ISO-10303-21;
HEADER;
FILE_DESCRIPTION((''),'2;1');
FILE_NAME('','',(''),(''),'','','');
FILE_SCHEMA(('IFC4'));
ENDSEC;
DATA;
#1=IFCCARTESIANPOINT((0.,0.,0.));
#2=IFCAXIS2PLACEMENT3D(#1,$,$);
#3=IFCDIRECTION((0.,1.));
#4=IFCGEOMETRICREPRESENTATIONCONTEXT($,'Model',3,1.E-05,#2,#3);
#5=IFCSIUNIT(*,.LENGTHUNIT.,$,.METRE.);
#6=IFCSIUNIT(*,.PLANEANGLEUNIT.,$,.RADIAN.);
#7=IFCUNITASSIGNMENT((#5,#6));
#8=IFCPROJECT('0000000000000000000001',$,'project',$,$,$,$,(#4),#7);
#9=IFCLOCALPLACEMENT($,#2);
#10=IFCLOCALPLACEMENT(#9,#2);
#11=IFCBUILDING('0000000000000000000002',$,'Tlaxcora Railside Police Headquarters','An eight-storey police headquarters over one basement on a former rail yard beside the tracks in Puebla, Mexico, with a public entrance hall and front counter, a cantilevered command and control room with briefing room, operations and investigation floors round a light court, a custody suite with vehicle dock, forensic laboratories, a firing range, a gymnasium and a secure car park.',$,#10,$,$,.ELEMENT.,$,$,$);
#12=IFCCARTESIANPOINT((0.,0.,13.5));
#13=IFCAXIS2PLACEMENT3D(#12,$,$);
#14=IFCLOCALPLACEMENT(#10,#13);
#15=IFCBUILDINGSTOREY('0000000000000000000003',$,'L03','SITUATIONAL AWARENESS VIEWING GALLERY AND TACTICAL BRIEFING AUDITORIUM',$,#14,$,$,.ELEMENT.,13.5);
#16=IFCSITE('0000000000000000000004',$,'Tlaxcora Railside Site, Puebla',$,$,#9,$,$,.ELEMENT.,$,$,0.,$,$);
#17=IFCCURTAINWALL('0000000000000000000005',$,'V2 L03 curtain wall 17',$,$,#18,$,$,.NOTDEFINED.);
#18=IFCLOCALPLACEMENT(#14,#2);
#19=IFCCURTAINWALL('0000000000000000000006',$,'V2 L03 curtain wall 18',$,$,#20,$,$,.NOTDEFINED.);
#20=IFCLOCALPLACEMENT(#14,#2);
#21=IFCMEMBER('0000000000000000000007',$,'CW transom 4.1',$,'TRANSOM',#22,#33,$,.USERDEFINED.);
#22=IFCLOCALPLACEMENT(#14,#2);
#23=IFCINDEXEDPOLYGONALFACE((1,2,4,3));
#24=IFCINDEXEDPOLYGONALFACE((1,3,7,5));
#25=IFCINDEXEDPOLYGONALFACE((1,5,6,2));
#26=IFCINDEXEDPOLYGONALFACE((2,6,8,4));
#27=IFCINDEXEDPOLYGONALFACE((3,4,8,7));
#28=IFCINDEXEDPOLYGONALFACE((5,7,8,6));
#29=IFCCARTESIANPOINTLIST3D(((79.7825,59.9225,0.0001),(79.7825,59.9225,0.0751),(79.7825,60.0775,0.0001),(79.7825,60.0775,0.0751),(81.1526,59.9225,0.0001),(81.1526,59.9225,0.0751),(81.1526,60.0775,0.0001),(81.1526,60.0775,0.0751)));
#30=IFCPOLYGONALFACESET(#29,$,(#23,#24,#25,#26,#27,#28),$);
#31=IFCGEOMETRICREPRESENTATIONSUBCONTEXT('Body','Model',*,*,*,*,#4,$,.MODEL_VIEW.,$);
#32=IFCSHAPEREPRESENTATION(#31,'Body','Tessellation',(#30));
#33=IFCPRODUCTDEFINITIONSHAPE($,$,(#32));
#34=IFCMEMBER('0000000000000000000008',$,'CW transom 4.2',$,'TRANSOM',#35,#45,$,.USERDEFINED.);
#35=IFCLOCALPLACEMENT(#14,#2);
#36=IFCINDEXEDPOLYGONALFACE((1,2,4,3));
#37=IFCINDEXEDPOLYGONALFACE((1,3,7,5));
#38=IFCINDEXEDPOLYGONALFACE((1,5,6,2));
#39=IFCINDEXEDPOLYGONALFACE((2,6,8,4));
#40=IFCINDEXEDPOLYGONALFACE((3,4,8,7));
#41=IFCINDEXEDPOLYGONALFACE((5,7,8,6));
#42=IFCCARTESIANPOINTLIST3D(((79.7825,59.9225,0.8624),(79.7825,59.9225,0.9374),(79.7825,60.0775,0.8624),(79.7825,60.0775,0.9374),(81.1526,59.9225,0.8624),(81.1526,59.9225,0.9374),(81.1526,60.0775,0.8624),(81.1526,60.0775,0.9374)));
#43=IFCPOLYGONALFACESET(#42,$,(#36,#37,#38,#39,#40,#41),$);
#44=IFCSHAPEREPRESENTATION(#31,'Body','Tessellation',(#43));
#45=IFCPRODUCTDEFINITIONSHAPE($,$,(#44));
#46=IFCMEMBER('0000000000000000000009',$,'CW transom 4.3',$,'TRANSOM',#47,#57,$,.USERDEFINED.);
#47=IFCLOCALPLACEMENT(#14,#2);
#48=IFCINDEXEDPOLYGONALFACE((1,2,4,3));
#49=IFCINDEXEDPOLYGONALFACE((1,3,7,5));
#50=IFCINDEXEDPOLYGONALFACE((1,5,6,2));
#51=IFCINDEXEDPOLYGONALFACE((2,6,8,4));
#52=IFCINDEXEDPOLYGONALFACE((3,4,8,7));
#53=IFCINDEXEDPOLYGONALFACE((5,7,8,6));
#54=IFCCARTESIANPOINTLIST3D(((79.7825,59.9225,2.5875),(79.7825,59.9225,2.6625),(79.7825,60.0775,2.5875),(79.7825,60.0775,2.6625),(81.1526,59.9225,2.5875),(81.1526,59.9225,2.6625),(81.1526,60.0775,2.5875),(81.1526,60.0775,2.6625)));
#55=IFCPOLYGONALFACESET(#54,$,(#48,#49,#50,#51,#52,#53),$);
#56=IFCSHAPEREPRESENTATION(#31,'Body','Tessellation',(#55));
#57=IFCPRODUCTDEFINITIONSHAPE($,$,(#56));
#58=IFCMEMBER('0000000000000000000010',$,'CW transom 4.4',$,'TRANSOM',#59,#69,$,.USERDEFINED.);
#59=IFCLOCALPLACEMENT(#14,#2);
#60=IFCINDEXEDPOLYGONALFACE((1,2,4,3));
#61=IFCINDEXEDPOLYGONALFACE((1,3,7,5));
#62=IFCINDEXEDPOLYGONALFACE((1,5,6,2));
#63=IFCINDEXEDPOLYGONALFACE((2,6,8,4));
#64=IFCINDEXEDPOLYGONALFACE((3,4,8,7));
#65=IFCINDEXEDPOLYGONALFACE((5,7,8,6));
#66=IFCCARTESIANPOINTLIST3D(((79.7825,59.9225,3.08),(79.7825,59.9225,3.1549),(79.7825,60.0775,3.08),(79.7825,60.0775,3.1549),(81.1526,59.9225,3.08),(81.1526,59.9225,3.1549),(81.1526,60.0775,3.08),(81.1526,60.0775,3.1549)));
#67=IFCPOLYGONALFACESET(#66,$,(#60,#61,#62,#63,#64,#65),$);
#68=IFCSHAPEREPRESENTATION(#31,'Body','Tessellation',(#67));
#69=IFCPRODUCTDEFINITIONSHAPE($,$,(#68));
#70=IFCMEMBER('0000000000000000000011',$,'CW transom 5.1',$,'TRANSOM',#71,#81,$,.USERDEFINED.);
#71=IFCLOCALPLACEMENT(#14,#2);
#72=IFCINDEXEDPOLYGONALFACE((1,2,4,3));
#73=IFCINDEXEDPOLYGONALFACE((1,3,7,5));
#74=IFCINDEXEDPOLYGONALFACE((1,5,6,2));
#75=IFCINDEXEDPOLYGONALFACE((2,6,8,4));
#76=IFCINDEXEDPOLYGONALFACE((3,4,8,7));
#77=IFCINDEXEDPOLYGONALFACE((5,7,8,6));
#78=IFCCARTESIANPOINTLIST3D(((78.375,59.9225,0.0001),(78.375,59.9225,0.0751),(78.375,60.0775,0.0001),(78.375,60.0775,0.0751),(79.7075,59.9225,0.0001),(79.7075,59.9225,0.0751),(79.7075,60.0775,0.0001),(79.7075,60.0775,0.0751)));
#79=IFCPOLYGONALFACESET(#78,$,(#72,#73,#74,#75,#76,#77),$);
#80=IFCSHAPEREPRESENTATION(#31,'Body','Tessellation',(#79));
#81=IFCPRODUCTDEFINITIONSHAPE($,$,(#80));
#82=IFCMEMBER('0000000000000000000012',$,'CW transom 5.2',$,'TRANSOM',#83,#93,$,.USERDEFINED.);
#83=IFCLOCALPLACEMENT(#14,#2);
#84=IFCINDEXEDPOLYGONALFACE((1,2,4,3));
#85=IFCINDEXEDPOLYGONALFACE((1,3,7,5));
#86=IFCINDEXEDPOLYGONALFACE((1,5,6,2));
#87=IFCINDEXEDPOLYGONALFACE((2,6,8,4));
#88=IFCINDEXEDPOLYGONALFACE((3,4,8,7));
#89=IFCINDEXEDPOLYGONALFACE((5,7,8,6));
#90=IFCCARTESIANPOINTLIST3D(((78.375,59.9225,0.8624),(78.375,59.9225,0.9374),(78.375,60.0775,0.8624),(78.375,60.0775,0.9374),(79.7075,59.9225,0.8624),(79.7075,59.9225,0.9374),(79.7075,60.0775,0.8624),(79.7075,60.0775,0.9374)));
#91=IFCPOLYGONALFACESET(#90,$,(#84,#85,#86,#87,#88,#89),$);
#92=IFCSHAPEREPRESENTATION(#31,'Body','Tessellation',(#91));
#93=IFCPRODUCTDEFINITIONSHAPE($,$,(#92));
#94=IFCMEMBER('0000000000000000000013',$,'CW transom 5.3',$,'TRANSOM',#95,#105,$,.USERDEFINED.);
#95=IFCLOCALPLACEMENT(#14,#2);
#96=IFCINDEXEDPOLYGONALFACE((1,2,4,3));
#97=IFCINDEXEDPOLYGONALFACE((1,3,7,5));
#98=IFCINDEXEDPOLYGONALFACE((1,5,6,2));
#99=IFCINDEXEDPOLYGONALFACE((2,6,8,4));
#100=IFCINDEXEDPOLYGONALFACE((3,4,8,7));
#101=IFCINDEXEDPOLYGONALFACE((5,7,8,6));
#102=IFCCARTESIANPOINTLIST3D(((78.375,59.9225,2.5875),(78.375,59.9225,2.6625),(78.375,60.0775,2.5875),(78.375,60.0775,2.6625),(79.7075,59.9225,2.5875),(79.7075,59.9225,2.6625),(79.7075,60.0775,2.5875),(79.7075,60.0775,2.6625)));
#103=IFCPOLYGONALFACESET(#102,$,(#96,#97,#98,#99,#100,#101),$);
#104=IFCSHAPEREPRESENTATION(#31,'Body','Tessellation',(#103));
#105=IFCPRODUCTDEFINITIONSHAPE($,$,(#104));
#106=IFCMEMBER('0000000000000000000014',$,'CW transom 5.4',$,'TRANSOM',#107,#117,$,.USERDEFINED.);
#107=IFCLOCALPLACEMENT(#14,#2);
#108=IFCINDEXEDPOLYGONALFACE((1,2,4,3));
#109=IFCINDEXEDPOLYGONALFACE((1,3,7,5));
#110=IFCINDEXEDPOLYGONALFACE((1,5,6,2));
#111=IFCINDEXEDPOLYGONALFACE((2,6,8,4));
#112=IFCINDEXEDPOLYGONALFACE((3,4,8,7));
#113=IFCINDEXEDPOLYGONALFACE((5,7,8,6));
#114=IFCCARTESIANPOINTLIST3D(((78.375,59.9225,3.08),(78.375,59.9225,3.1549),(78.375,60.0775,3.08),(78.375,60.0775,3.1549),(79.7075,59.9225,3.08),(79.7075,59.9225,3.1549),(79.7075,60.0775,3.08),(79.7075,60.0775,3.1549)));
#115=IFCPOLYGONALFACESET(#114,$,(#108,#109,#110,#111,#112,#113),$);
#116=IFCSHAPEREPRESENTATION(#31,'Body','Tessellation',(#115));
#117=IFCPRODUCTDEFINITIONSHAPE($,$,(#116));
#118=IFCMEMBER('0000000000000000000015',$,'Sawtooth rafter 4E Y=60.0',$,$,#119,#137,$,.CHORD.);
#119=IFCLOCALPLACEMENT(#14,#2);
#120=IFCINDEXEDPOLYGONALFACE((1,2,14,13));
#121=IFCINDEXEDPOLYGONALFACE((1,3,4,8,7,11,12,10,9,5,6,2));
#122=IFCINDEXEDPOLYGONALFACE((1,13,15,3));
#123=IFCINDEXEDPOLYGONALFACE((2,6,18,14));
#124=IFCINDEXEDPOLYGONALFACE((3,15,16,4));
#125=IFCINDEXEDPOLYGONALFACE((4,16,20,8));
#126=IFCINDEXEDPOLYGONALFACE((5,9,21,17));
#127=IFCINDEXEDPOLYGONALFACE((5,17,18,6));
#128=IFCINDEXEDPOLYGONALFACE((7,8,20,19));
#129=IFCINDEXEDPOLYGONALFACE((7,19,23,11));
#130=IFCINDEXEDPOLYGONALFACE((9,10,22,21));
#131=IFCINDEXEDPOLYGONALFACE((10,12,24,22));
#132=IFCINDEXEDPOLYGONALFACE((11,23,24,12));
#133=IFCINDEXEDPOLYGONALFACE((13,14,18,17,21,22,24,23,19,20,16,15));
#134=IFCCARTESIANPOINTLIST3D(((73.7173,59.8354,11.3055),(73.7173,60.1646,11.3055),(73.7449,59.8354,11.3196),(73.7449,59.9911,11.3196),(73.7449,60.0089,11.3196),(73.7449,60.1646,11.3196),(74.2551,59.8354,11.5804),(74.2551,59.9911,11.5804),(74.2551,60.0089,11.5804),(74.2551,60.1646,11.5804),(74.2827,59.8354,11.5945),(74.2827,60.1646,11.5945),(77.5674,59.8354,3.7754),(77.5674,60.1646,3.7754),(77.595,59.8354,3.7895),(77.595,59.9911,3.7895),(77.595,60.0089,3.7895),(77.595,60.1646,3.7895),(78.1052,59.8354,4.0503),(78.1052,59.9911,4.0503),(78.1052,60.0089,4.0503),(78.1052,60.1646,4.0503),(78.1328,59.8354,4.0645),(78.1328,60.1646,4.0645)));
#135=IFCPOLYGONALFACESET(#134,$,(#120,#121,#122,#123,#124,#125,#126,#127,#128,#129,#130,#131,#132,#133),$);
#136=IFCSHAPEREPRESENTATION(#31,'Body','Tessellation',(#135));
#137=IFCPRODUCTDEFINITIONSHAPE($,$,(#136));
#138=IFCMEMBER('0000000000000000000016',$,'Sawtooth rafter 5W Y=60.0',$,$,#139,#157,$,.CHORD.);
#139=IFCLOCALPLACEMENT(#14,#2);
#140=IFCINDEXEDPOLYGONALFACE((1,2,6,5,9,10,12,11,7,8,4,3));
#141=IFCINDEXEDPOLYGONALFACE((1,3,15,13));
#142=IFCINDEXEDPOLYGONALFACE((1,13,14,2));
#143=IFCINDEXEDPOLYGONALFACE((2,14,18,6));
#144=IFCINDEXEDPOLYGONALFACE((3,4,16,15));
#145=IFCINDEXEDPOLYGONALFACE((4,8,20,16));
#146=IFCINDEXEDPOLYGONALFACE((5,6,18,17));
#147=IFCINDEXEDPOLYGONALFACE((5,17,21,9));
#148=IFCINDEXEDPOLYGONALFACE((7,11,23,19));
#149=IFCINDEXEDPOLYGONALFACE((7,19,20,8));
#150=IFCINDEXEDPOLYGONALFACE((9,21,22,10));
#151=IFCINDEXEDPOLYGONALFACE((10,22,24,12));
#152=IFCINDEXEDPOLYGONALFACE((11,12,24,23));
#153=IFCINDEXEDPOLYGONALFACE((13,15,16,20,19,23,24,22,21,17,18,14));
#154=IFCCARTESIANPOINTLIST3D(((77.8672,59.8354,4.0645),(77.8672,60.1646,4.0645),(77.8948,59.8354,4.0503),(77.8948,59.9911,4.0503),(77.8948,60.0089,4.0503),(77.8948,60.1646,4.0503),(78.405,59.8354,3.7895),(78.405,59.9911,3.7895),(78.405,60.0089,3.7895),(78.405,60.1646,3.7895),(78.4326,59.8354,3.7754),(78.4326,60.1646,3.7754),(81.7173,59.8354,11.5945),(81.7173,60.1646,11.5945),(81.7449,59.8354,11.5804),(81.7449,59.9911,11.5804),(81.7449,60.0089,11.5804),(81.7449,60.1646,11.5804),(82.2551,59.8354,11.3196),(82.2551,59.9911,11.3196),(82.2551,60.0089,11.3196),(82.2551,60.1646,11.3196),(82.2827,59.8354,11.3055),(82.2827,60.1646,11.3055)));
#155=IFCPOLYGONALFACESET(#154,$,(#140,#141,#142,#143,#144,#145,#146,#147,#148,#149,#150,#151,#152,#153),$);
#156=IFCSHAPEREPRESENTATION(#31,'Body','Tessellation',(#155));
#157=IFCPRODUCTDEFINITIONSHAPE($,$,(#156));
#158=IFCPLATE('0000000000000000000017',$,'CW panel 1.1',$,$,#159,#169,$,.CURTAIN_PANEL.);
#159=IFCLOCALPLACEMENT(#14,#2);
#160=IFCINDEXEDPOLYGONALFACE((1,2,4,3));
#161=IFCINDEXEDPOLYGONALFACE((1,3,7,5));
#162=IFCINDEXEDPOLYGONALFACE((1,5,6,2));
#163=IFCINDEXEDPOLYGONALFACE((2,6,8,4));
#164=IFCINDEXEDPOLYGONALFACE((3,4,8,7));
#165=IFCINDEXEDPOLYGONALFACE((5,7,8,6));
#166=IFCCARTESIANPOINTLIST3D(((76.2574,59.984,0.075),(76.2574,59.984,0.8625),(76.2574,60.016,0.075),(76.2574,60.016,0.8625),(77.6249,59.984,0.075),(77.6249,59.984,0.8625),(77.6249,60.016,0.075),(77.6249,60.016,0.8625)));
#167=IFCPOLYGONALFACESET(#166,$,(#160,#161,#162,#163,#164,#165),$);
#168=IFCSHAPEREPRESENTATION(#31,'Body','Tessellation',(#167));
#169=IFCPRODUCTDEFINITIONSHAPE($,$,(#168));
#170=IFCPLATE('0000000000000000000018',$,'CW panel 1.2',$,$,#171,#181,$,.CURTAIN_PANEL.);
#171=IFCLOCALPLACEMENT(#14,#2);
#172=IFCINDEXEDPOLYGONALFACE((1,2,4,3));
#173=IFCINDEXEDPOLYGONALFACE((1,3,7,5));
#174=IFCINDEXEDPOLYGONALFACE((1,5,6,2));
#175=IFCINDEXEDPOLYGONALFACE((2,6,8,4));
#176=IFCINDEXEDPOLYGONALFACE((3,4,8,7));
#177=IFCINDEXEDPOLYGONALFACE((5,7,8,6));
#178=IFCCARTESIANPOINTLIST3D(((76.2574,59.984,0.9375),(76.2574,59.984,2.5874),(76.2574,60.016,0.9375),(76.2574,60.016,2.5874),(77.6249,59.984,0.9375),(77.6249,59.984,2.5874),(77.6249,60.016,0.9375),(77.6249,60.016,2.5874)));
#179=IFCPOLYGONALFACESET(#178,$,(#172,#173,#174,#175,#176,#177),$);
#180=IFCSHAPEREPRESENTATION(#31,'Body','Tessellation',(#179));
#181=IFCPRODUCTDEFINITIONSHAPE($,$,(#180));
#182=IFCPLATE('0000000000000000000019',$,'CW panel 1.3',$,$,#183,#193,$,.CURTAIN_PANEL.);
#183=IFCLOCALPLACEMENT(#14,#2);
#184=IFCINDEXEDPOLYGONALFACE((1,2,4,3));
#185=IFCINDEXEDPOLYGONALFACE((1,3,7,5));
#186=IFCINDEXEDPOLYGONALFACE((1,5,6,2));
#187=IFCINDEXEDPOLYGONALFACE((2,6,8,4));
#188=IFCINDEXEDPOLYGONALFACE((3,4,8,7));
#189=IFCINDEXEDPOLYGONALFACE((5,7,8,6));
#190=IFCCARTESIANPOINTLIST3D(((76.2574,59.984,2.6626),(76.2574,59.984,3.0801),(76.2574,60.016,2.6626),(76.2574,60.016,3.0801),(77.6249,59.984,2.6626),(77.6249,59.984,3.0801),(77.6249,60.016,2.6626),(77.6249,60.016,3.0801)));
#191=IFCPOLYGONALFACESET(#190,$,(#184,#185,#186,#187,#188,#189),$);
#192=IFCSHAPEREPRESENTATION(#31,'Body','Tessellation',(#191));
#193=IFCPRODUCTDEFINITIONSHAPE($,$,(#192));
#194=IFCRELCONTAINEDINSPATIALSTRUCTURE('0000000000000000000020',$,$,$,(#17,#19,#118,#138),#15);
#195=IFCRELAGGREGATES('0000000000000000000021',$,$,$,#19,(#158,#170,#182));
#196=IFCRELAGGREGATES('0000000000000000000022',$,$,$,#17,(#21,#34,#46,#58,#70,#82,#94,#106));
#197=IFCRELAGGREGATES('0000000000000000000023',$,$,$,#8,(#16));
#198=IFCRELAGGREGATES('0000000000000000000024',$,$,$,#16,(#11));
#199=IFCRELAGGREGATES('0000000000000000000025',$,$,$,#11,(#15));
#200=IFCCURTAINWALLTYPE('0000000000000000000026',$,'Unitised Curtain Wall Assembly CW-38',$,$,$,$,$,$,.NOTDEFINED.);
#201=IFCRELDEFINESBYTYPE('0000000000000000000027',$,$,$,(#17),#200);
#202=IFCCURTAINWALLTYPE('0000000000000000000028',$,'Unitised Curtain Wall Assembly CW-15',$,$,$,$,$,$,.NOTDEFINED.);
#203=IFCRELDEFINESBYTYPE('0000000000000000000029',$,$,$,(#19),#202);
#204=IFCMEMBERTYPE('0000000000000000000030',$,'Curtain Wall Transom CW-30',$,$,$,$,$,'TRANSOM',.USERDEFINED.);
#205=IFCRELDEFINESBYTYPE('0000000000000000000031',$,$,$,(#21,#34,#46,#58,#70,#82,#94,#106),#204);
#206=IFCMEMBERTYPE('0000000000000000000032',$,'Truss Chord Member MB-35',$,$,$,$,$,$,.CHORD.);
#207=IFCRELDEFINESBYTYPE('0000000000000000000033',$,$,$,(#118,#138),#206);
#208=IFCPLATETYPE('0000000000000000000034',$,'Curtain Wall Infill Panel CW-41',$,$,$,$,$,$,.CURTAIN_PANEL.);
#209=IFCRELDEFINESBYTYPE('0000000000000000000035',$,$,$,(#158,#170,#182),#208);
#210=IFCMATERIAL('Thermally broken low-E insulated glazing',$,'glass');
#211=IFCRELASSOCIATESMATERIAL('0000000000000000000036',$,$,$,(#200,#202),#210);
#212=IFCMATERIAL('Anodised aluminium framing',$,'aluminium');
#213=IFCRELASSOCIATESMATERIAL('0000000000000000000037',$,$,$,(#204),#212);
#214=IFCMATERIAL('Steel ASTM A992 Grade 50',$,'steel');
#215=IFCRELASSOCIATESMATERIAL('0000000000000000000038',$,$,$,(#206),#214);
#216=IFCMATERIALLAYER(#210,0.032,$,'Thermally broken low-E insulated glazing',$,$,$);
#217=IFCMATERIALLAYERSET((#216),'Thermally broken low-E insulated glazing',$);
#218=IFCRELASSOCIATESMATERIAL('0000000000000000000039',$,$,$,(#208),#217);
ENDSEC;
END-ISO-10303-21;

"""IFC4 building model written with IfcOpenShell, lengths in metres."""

from ifc_helpers import new_model, si_unit, direction, frame, origin, origin_2d, place, context, subcontext, project, spatial, rectangle, i_section, extrude, material, layer, layer_set, material_profile, profile_set, type_object, element, aggregate, save


model = new_model("IFC4")

# Units and contexts
model_context = context("Model", 3, precision=1e-05, world=origin(), true_north=direction((0.0, 1.0)))
body_context = subcontext(model_context, "Body", "Model", "MODEL_VIEW")
ifc_project = project(units=[si_unit("LENGTHUNIT", "METRE"), si_unit("PLANEANGLEUNIT", "RADIAN")], contexts=[model_context])

# Site, building, storey
site_placement = place(None, origin())
site = spatial("IfcSite", under=ifc_project, at=site_placement, Name="Tlaxcora Railside Site, Puebla", CompositionType="ELEMENT", RefElevation=0.0)
building_placement = place(site_placement, origin())
building = spatial("IfcBuilding", under=site, at=building_placement, Name="Tlaxcora Railside Police Headquarters", Description="An eight-storey police headquarters over one basement on a former rail yard beside the tracks in Puebla, Mexico, with a public entrance hall and front counter, a cantilevered command and control room with briefing room, operations and investigation floors round a light court, a custody suite with vehicle dock, forensic laboratories, a firing range, a gymnasium and a secure car park.", CompositionType="ELEMENT")
storey_placement = place(building_placement, frame((0.0, 0.0, 13.5)))
storey = spatial("IfcBuildingStorey", under=building, at=storey_placement, Name="L03", Description="SITUATIONAL AWARENESS VIEWING GALLERY AND TACTICAL BRIEFING AUDITORIUM", CompositionType="ELEMENT", Elevation=13.5)

# Curtain walls
ifc_material_1 = material(Name="Thermally broken low-E insulated glazing", Category="glass")
curtain_wall_type_1 = type_object("IfcCurtainWallType", Name="Unitised Curtain Wall Assembly CW-38", PredefinedType="NOTDEFINED", material=ifc_material_1)
curtain_wall_1_placement = place(storey_placement, origin())
curtain_wall_1 = element("IfcCurtainWall", 1, at=curtain_wall_1_placement, inside=storey, type_object=curtain_wall_type_1, Name="V2 L03 curtain wall 17", PredefinedType="NOTDEFINED")
ifc_material_2 = material(Name="Anodised aluminium framing", Category="aluminium")
curtain_wall_type_2 = type_object("IfcCurtainWallType", Name="Unitised Curtain Wall Assembly CW-15", PredefinedType="NOTDEFINED", material=ifc_material_1)
curtain_wall_2_placement = place(storey_placement, origin())
curtain_wall_2 = element("IfcCurtainWall", 2, at=curtain_wall_2_placement, inside=storey, type_object=curtain_wall_type_2, Name="V2 L03 curtain wall 18", PredefinedType="NOTDEFINED")

# Members
ifc_material_profile_1 = material_profile(ifc_material_2, rectangle(XDim=0.155, YDim=0.075, at=origin_2d()), Name="AL75X155")
ifc_profile_set_1 = profile_set([ifc_material_profile_1], Name="Anodised aluminium framing")
member_type_1 = type_object("IfcMemberType", Name="Curtain Wall Transom CW-30", ElementType="TRANSOM", PredefinedType="USERDEFINED", material=ifc_profile_set_1)
member_1_placement = place(storey_placement, frame((81.1526, 60.0, 0.0376), z_axis=(-1.0, 0.0, 0.0), x_axis=(0.0, -1.0, 0.0)))
member_1 = element("IfcMember", 3, at=member_1_placement, type_object=member_type_1, Name="CW transom 4.1", ObjectType="TRANSOM", PredefinedType="USERDEFINED", context=body_context, shape_type="SweptSolid", body=[
    extrude(rectangle(XDim=0.155, YDim=0.075, at=origin_2d()), origin(), (0.0, 0.0, 1.0), 1.3701),
])
member_2_placement = place(storey_placement, frame((81.1526, 60.0, 0.8999), z_axis=(-1.0, 0.0, 0.0), x_axis=(0.0, -1.0, 0.0)))
member_2 = element("IfcMember", 4, at=member_2_placement, type_object=member_type_1, Name="CW transom 4.2", ObjectType="TRANSOM", PredefinedType="USERDEFINED", context=body_context, shape_type="SweptSolid", body=[
    extrude(rectangle(XDim=0.155, YDim=0.075, at=origin_2d()), origin(), (0.0, 0.0, 1.0), 1.3701),
])
member_3_placement = place(storey_placement, frame((81.1526, 60.0, 2.625), z_axis=(-1.0, 0.0, 0.0), x_axis=(0.0, -1.0, 0.0)))
member_3 = element("IfcMember", 5, at=member_3_placement, type_object=member_type_1, Name="CW transom 4.3", ObjectType="TRANSOM", PredefinedType="USERDEFINED", context=body_context, shape_type="SweptSolid", body=[
    extrude(rectangle(XDim=0.155, YDim=0.075, at=origin_2d()), origin(), (0.0, 0.0, 1.0), 1.3701),
])
member_4_placement = place(storey_placement, frame((81.1526, 60.0, 3.1174), z_axis=(-1.0, 0.0, 0.0), x_axis=(0.0, -1.0, 0.0)))
member_4 = element("IfcMember", 6, at=member_4_placement, type_object=member_type_1, Name="CW transom 4.4", ObjectType="TRANSOM", PredefinedType="USERDEFINED", context=body_context, shape_type="SweptSolid", body=[
    extrude(rectangle(XDim=0.155, YDim=0.075, at=origin_2d()), origin(), (0.0, 0.0, 1.0), 1.3701),
])
member_5_placement = place(storey_placement, frame((79.7075, 60.0, 0.0376), z_axis=(-1.0, 0.0, 0.0), x_axis=(0.0, -1.0, 0.0)))
member_5 = element("IfcMember", 7, at=member_5_placement, type_object=member_type_1, Name="CW transom 5.1", ObjectType="TRANSOM", PredefinedType="USERDEFINED", context=body_context, shape_type="SweptSolid", body=[
    extrude(rectangle(XDim=0.155, YDim=0.075, at=origin_2d()), origin(), (0.0, 0.0, 1.0), 1.3325),
])
member_6_placement = place(storey_placement, frame((79.7075, 60.0, 0.8999), z_axis=(-1.0, 0.0, 0.0), x_axis=(0.0, -1.0, 0.0)))
member_6 = element("IfcMember", 8, at=member_6_placement, type_object=member_type_1, Name="CW transom 5.2", ObjectType="TRANSOM", PredefinedType="USERDEFINED", context=body_context, shape_type="SweptSolid", body=[
    extrude(rectangle(XDim=0.155, YDim=0.075, at=origin_2d()), origin(), (0.0, 0.0, 1.0), 1.3325),
])
member_7_placement = place(storey_placement, frame((79.7075, 60.0, 2.625), z_axis=(-1.0, 0.0, 0.0), x_axis=(0.0, -1.0, 0.0)))
member_7 = element("IfcMember", 9, at=member_7_placement, type_object=member_type_1, Name="CW transom 5.3", ObjectType="TRANSOM", PredefinedType="USERDEFINED", context=body_context, shape_type="SweptSolid", body=[
    extrude(rectangle(XDim=0.155, YDim=0.075, at=origin_2d()), origin(), (0.0, 0.0, 1.0), 1.3325),
])
member_8_placement = place(storey_placement, frame((79.7075, 60.0, 3.1174), z_axis=(-1.0, 0.0, 0.0), x_axis=(0.0, -1.0, 0.0)))
member_8 = element("IfcMember", 10, at=member_8_placement, type_object=member_type_1, Name="CW transom 5.4", ObjectType="TRANSOM", PredefinedType="USERDEFINED", context=body_context, shape_type="SweptSolid", body=[
    extrude(rectangle(XDim=0.155, YDim=0.075, at=origin_2d()), origin(), (0.0, 0.0, 1.0), 1.3325),
])

# Members
ifc_material_3 = material(Name="Steel ASTM A992 Grade 50", Category="steel")
ifc_material_profile_2 = material_profile(ifc_material_3, i_section(OverallWidth=0.3291, OverallDepth=0.635, WebThickness=0.0178, FlangeThickness=0.031, at=origin_2d()), Name="W24X162")
ifc_profile_set_2 = profile_set([ifc_material_profile_2], Name="Steel ASTM A992 Grade 50")
member_type_2 = type_object("IfcMemberType", Name="Truss Chord Member MB-35", PredefinedType="CHORD", material=ifc_profile_set_2)
for number, where, z_axis, x_axis, name in (
    (11, (77.8501, 60.0, 3.9199), (-0.455244, 0.0, 0.890367), (0.0, -1.0, 0.0), "Sawtooth rafter 4E Y=60.0"),
    (12, (78.1499, 60.0, 3.9199), (0.455244, 0.0, 0.890367), (0.0, 1.0, 0.0), "Sawtooth rafter 5W Y=60.0"),
):
    element("IfcMember", number, at=place(storey_placement, frame(where, z_axis=z_axis, x_axis=x_axis)), inside=storey, type_object=member_type_2, Name=name, PredefinedType="CHORD", context=body_context, shape_type="SweptSolid", body=[
        extrude(i_section(OverallWidth=0.3291, OverallDepth=0.635, WebThickness=0.0178, FlangeThickness=0.031, at=origin_2d()), origin(), (0.0, 0.0, 1.0), 8.4573),
    ])

# Plates
ifc_layer_1 = layer(ifc_material_1, 0.032, Name="Thermally broken low-E insulated glazing")
ifc_layer_set_1 = layer_set([ifc_layer_1], Name="Thermally broken low-E insulated glazing")
plate_type_1 = type_object("IfcPlateType", Name="Curtain Wall Infill Panel CW-41", PredefinedType="CURTAIN_PANEL", material=ifc_layer_set_1)
plate_1_placement = place(storey_placement, frame((76.9412, 60.0, 0.075), z_axis=(0.0, 0.0, 1.0), x_axis=(-1.0, 0.0, 0.0)))
plate_1 = element("IfcPlate", 13, at=plate_1_placement, type_object=plate_type_1, Name="CW panel 1.1", PredefinedType="CURTAIN_PANEL", context=body_context, shape_type="SweptSolid", body=[
    extrude(rectangle(XDim=1.3674, YDim=0.032, at=origin_2d()), origin(), (0.0, 0.0, 1.0), 0.7876),
])
plate_2_placement = place(storey_placement, frame((76.9412, 60.0, 0.9375), z_axis=(0.0, 0.0, 1.0), x_axis=(-1.0, 0.0, 0.0)))
plate_2 = element("IfcPlate", 14, at=plate_2_placement, type_object=plate_type_1, Name="CW panel 1.2", PredefinedType="CURTAIN_PANEL", context=body_context, shape_type="SweptSolid", body=[
    extrude(rectangle(XDim=1.3674, YDim=0.032, at=origin_2d()), origin(), (0.0, 0.0, 1.0), 1.6499),
])
plate_3_placement = place(storey_placement, frame((76.9412, 60.0, 2.6626), z_axis=(0.0, 0.0, 1.0), x_axis=(-1.0, 0.0, 0.0)))
plate_3 = element("IfcPlate", 15, at=plate_3_placement, type_object=plate_type_1, Name="CW panel 1.3", PredefinedType="CURTAIN_PANEL", context=body_context, shape_type="SweptSolid", body=[
    extrude(rectangle(XDim=1.3674, YDim=0.032, at=origin_2d()), origin(), (0.0, 0.0, 1.0), 0.4175),
])
aggregate(curtain_wall_2, [plate_1, plate_2, plate_3])
aggregate(curtain_wall_1, [member_1, member_2, member_3, member_4, member_5, member_6, member_7, member_8])

save(model, "model.ifc")
